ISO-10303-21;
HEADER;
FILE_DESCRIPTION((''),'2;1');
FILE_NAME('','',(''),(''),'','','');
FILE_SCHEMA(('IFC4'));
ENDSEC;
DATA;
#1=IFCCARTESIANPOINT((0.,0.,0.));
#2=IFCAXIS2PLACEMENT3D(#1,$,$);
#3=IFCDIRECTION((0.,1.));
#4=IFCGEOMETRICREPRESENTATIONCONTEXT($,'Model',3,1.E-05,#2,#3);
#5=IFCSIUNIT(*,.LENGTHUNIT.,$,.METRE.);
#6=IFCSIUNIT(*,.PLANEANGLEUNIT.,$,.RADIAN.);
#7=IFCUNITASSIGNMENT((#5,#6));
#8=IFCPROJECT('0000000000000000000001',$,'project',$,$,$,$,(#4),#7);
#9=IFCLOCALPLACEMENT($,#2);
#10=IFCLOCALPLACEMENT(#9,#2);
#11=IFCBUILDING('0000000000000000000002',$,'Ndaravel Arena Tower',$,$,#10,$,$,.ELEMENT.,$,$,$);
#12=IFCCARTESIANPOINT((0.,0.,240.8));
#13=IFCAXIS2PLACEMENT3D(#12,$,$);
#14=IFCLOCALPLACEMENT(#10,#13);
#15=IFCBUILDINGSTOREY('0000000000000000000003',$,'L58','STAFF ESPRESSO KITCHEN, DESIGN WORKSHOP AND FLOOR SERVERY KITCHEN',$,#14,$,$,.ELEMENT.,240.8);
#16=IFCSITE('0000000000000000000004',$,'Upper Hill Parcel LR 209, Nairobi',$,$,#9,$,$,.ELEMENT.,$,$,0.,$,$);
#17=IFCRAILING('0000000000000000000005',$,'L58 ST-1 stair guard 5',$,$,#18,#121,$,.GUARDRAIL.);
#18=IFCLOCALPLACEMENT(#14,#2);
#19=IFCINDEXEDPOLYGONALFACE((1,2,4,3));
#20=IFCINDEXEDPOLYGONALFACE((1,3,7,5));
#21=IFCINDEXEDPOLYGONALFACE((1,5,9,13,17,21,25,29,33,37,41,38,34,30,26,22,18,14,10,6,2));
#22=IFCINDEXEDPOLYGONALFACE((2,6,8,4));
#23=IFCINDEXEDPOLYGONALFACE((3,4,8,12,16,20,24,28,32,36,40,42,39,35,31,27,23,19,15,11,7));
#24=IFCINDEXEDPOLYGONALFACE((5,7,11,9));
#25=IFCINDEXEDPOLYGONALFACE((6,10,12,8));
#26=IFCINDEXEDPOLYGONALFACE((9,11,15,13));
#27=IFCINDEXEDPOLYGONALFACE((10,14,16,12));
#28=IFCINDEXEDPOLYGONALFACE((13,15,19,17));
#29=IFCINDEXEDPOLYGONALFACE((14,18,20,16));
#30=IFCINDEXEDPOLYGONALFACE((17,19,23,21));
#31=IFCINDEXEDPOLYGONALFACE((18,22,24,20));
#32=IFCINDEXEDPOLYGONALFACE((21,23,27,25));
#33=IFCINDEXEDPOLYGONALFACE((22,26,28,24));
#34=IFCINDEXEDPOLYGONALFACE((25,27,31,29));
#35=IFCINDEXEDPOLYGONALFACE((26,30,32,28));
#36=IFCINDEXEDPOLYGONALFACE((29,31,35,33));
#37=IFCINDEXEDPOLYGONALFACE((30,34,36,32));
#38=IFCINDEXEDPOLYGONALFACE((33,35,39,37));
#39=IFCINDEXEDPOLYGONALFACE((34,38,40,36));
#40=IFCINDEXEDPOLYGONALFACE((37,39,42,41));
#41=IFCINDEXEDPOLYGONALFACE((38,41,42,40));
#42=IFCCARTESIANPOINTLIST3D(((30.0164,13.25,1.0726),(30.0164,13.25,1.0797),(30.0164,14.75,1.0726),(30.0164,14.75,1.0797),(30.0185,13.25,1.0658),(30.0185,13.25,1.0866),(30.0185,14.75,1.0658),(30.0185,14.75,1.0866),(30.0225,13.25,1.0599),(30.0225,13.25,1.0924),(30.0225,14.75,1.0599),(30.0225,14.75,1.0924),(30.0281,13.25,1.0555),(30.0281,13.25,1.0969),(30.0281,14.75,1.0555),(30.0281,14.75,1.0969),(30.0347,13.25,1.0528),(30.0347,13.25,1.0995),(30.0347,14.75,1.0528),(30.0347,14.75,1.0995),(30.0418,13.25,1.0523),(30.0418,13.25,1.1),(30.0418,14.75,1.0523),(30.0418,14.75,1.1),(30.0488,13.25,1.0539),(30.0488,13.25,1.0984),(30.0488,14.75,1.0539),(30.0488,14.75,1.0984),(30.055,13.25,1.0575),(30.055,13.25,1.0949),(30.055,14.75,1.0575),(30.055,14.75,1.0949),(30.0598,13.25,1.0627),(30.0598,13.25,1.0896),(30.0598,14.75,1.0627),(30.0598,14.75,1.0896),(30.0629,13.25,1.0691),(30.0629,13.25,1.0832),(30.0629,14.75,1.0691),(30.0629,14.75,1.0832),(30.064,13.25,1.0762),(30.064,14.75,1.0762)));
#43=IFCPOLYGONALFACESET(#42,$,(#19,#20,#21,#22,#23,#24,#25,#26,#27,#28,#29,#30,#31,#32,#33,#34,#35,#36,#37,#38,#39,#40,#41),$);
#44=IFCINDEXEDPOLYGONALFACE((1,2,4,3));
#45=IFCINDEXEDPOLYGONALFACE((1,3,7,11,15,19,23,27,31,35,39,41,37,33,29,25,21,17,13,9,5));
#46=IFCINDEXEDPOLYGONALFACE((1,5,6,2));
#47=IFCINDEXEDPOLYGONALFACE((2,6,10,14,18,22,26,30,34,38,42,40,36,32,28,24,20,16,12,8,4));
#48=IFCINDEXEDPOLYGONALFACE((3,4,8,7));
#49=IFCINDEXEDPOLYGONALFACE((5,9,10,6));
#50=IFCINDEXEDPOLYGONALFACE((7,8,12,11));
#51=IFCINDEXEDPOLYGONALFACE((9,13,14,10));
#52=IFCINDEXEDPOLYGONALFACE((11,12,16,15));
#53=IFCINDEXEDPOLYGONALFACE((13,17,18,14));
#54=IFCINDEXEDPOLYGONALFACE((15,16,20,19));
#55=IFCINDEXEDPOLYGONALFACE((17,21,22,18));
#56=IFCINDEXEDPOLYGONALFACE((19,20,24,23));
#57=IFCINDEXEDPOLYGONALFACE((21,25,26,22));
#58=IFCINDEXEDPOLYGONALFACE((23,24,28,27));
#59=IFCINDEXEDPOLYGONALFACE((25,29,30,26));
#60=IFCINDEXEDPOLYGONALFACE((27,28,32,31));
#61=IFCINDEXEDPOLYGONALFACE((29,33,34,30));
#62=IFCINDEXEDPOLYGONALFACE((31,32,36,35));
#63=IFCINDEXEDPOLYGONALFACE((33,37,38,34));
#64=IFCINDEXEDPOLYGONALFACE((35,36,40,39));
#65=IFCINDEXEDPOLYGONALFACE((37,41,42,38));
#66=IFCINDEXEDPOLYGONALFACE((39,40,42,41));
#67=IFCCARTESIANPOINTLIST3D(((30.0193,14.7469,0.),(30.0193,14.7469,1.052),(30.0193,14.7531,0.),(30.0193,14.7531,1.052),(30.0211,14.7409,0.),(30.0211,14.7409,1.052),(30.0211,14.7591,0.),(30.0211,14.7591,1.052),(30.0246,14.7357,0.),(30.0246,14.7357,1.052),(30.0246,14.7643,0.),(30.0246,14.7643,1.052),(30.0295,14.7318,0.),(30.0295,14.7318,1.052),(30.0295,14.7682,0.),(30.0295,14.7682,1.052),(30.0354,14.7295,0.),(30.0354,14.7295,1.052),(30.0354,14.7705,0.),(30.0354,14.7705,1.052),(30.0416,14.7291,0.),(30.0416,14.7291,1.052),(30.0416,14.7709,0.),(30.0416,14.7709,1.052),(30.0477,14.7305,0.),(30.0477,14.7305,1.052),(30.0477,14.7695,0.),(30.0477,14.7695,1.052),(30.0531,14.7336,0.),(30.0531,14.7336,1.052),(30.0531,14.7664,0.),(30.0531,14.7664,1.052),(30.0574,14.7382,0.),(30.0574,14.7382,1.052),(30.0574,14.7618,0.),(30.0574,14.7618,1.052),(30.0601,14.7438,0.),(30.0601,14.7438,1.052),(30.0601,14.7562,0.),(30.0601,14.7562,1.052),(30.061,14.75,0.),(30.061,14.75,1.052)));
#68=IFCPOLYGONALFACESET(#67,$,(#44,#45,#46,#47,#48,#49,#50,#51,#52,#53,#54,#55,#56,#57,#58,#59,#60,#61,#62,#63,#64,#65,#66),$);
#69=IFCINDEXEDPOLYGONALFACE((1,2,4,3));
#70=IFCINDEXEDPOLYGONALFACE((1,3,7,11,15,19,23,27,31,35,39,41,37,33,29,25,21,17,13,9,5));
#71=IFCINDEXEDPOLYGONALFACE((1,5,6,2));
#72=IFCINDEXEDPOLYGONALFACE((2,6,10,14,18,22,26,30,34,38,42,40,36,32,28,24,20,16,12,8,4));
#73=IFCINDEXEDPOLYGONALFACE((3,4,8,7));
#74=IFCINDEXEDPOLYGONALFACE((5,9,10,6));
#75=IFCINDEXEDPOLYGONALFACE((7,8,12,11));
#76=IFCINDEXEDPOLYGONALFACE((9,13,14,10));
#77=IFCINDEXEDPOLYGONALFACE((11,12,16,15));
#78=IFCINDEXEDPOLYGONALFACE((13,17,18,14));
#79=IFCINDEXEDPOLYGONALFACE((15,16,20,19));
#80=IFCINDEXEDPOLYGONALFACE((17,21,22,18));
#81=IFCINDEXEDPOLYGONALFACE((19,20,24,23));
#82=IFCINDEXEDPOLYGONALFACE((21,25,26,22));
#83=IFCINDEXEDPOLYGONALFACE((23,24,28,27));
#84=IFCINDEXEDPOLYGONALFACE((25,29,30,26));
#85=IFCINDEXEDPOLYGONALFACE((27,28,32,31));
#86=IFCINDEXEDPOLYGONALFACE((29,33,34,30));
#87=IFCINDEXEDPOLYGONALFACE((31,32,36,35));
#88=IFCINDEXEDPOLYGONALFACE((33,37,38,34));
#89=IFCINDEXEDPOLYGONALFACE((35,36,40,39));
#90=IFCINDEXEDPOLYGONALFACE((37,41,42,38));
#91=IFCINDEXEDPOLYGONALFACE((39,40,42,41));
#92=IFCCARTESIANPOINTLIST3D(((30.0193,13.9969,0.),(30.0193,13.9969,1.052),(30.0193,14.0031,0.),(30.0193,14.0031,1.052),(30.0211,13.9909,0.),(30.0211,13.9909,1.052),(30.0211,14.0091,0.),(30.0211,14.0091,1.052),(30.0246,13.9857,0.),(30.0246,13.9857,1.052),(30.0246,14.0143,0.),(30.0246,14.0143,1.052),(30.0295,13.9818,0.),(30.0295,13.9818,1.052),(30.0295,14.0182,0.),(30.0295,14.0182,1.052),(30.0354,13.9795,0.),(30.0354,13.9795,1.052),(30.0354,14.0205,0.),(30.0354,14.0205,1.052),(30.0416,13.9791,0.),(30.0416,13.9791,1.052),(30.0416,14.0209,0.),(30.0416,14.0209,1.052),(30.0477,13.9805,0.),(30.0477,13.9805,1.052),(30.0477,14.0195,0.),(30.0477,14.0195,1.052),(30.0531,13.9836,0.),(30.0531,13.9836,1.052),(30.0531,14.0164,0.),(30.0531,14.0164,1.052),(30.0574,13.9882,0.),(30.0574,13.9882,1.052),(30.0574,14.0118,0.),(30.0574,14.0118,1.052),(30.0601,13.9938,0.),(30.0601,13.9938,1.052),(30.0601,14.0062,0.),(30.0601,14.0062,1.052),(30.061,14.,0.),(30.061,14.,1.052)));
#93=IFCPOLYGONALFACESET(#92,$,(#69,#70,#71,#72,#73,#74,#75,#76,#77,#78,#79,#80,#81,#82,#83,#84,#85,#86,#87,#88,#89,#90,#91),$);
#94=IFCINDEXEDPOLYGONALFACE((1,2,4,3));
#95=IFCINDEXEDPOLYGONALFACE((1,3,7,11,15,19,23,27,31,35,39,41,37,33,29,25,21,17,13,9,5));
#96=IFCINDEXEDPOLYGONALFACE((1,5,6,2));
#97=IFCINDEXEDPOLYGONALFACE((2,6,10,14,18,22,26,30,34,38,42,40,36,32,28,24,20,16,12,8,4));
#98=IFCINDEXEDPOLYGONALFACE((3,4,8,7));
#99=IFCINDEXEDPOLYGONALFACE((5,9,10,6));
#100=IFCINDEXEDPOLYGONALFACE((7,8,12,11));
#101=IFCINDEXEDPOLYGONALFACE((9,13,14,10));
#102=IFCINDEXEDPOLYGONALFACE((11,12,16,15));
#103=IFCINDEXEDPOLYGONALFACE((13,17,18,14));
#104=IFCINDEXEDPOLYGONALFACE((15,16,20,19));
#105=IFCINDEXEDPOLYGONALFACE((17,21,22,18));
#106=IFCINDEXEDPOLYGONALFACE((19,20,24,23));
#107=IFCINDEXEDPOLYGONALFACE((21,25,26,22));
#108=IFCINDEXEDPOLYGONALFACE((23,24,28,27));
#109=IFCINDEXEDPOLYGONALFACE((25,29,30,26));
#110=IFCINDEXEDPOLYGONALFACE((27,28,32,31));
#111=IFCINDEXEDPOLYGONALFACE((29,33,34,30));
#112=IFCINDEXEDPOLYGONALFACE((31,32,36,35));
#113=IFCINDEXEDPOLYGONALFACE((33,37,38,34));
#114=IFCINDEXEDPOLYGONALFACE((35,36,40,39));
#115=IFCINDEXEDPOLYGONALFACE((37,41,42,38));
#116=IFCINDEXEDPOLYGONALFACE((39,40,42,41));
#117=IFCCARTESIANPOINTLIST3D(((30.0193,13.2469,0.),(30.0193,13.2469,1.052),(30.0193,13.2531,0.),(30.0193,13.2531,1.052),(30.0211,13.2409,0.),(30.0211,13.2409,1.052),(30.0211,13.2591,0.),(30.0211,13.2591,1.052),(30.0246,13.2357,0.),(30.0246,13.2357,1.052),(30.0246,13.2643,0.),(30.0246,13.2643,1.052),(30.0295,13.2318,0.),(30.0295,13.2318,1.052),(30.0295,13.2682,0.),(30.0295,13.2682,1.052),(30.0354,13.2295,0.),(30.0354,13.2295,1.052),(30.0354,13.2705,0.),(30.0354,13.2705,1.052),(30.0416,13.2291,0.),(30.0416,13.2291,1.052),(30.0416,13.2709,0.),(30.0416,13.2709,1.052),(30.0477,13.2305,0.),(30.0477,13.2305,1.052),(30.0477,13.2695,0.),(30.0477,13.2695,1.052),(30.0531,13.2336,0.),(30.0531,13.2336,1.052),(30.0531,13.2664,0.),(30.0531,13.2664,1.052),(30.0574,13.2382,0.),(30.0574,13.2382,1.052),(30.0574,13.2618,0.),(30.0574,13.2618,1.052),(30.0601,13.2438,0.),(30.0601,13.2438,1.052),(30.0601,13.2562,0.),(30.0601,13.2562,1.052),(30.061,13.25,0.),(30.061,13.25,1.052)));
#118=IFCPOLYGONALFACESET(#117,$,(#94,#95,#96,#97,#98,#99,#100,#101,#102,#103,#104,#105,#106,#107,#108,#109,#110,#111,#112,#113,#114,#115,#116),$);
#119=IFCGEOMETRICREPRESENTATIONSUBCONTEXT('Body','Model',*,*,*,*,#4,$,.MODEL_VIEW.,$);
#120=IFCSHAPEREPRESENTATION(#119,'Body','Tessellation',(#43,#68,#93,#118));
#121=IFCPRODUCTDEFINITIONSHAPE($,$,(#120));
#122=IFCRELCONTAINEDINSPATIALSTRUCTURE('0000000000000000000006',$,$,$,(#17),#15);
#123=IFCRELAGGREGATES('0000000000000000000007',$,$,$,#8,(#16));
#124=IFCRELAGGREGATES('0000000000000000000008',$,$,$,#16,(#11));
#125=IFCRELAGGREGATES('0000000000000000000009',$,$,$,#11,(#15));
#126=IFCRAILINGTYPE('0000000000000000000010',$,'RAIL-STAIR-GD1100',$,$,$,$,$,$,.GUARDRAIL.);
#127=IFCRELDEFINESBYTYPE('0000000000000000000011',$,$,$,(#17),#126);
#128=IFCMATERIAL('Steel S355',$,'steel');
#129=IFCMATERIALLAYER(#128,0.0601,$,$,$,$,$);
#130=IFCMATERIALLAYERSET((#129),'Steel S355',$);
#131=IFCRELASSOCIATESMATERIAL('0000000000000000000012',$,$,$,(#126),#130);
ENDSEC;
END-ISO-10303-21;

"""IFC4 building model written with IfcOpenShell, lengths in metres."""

from ifc_helpers import new_model, si_unit, direction, frame, origin, origin_2d, place, context, subcontext, project, spatial, circle, extrude, material, layer, layer_set, type_object, element, save


model = new_model("IFC4")

# Units and contexts
model_context = context("Model", 3, precision=1e-05, world=origin(), true_north=direction((0.0, 1.0)))
body_context = subcontext(model_context, "Body", "Model", "MODEL_VIEW")
ifc_project = project(units=[si_unit("LENGTHUNIT", "METRE"), si_unit("PLANEANGLEUNIT", "RADIAN")], contexts=[model_context])

# Site, building, storey
site_placement = place(None, origin())
site = spatial("IfcSite", under=ifc_project, at=site_placement, Name="Upper Hill Parcel LR 209, Nairobi", CompositionType="ELEMENT", RefElevation=0.0)
building_placement = place(site_placement, origin())
building = spatial("IfcBuilding", under=site, at=building_placement, Name="Ndaravel Arena Tower", CompositionType="ELEMENT")
storey_placement = place(building_placement, frame((0.0, 0.0, 240.8)))
storey = spatial("IfcBuildingStorey", under=building, at=storey_placement, Name="L58", Description="STAFF ESPRESSO KITCHEN, DESIGN WORKSHOP AND FLOOR SERVERY KITCHEN", CompositionType="ELEMENT", Elevation=240.8)

# Railing
ifc_material_1 = material(Name="Steel S355", Category="steel")
ifc_layer_1 = layer(ifc_material_1, 0.0601)
ifc_layer_set_1 = layer_set([ifc_layer_1], Name="Steel S355")
railing_type = type_object("IfcRailingType", Name="RAIL-STAIR-GD1100", PredefinedType="GUARDRAIL", material=ifc_layer_set_1)
railing_1_placement = place(storey_placement, frame((30.04, 14.75, 0.0)))
element("IfcRailing", 1, at=railing_1_placement, inside=storey, type_object=railing_type, Name="L58 ST-1 stair guard 5", PredefinedType="GUARDRAIL", context=body_context, shape_type="SweptSolid", body=[
    extrude(circle(Radius=0.0239, at=origin_2d()), frame((0.0, 0.0, 1.0762), z_axis=(0.0, -1.0, 0.0), x_axis=(1.0, 0.0, 0.0)), (0.0, 0.0, 1.0), 1.5),
    extrude(circle(Radius=0.021, at=origin_2d()), origin(), (0.0, 0.0, 1.0), 1.052),
    extrude(circle(Radius=0.021, at=origin_2d()), frame((0.0, -0.75, 0.0)), (0.0, 0.0, 1.0), 1.052),
    extrude(circle(Radius=0.021, at=origin_2d()), frame((0.0, -1.5, 0.0)), (0.0, 0.0, 1.0), 1.052),
])

save(model, "model.ifc")
